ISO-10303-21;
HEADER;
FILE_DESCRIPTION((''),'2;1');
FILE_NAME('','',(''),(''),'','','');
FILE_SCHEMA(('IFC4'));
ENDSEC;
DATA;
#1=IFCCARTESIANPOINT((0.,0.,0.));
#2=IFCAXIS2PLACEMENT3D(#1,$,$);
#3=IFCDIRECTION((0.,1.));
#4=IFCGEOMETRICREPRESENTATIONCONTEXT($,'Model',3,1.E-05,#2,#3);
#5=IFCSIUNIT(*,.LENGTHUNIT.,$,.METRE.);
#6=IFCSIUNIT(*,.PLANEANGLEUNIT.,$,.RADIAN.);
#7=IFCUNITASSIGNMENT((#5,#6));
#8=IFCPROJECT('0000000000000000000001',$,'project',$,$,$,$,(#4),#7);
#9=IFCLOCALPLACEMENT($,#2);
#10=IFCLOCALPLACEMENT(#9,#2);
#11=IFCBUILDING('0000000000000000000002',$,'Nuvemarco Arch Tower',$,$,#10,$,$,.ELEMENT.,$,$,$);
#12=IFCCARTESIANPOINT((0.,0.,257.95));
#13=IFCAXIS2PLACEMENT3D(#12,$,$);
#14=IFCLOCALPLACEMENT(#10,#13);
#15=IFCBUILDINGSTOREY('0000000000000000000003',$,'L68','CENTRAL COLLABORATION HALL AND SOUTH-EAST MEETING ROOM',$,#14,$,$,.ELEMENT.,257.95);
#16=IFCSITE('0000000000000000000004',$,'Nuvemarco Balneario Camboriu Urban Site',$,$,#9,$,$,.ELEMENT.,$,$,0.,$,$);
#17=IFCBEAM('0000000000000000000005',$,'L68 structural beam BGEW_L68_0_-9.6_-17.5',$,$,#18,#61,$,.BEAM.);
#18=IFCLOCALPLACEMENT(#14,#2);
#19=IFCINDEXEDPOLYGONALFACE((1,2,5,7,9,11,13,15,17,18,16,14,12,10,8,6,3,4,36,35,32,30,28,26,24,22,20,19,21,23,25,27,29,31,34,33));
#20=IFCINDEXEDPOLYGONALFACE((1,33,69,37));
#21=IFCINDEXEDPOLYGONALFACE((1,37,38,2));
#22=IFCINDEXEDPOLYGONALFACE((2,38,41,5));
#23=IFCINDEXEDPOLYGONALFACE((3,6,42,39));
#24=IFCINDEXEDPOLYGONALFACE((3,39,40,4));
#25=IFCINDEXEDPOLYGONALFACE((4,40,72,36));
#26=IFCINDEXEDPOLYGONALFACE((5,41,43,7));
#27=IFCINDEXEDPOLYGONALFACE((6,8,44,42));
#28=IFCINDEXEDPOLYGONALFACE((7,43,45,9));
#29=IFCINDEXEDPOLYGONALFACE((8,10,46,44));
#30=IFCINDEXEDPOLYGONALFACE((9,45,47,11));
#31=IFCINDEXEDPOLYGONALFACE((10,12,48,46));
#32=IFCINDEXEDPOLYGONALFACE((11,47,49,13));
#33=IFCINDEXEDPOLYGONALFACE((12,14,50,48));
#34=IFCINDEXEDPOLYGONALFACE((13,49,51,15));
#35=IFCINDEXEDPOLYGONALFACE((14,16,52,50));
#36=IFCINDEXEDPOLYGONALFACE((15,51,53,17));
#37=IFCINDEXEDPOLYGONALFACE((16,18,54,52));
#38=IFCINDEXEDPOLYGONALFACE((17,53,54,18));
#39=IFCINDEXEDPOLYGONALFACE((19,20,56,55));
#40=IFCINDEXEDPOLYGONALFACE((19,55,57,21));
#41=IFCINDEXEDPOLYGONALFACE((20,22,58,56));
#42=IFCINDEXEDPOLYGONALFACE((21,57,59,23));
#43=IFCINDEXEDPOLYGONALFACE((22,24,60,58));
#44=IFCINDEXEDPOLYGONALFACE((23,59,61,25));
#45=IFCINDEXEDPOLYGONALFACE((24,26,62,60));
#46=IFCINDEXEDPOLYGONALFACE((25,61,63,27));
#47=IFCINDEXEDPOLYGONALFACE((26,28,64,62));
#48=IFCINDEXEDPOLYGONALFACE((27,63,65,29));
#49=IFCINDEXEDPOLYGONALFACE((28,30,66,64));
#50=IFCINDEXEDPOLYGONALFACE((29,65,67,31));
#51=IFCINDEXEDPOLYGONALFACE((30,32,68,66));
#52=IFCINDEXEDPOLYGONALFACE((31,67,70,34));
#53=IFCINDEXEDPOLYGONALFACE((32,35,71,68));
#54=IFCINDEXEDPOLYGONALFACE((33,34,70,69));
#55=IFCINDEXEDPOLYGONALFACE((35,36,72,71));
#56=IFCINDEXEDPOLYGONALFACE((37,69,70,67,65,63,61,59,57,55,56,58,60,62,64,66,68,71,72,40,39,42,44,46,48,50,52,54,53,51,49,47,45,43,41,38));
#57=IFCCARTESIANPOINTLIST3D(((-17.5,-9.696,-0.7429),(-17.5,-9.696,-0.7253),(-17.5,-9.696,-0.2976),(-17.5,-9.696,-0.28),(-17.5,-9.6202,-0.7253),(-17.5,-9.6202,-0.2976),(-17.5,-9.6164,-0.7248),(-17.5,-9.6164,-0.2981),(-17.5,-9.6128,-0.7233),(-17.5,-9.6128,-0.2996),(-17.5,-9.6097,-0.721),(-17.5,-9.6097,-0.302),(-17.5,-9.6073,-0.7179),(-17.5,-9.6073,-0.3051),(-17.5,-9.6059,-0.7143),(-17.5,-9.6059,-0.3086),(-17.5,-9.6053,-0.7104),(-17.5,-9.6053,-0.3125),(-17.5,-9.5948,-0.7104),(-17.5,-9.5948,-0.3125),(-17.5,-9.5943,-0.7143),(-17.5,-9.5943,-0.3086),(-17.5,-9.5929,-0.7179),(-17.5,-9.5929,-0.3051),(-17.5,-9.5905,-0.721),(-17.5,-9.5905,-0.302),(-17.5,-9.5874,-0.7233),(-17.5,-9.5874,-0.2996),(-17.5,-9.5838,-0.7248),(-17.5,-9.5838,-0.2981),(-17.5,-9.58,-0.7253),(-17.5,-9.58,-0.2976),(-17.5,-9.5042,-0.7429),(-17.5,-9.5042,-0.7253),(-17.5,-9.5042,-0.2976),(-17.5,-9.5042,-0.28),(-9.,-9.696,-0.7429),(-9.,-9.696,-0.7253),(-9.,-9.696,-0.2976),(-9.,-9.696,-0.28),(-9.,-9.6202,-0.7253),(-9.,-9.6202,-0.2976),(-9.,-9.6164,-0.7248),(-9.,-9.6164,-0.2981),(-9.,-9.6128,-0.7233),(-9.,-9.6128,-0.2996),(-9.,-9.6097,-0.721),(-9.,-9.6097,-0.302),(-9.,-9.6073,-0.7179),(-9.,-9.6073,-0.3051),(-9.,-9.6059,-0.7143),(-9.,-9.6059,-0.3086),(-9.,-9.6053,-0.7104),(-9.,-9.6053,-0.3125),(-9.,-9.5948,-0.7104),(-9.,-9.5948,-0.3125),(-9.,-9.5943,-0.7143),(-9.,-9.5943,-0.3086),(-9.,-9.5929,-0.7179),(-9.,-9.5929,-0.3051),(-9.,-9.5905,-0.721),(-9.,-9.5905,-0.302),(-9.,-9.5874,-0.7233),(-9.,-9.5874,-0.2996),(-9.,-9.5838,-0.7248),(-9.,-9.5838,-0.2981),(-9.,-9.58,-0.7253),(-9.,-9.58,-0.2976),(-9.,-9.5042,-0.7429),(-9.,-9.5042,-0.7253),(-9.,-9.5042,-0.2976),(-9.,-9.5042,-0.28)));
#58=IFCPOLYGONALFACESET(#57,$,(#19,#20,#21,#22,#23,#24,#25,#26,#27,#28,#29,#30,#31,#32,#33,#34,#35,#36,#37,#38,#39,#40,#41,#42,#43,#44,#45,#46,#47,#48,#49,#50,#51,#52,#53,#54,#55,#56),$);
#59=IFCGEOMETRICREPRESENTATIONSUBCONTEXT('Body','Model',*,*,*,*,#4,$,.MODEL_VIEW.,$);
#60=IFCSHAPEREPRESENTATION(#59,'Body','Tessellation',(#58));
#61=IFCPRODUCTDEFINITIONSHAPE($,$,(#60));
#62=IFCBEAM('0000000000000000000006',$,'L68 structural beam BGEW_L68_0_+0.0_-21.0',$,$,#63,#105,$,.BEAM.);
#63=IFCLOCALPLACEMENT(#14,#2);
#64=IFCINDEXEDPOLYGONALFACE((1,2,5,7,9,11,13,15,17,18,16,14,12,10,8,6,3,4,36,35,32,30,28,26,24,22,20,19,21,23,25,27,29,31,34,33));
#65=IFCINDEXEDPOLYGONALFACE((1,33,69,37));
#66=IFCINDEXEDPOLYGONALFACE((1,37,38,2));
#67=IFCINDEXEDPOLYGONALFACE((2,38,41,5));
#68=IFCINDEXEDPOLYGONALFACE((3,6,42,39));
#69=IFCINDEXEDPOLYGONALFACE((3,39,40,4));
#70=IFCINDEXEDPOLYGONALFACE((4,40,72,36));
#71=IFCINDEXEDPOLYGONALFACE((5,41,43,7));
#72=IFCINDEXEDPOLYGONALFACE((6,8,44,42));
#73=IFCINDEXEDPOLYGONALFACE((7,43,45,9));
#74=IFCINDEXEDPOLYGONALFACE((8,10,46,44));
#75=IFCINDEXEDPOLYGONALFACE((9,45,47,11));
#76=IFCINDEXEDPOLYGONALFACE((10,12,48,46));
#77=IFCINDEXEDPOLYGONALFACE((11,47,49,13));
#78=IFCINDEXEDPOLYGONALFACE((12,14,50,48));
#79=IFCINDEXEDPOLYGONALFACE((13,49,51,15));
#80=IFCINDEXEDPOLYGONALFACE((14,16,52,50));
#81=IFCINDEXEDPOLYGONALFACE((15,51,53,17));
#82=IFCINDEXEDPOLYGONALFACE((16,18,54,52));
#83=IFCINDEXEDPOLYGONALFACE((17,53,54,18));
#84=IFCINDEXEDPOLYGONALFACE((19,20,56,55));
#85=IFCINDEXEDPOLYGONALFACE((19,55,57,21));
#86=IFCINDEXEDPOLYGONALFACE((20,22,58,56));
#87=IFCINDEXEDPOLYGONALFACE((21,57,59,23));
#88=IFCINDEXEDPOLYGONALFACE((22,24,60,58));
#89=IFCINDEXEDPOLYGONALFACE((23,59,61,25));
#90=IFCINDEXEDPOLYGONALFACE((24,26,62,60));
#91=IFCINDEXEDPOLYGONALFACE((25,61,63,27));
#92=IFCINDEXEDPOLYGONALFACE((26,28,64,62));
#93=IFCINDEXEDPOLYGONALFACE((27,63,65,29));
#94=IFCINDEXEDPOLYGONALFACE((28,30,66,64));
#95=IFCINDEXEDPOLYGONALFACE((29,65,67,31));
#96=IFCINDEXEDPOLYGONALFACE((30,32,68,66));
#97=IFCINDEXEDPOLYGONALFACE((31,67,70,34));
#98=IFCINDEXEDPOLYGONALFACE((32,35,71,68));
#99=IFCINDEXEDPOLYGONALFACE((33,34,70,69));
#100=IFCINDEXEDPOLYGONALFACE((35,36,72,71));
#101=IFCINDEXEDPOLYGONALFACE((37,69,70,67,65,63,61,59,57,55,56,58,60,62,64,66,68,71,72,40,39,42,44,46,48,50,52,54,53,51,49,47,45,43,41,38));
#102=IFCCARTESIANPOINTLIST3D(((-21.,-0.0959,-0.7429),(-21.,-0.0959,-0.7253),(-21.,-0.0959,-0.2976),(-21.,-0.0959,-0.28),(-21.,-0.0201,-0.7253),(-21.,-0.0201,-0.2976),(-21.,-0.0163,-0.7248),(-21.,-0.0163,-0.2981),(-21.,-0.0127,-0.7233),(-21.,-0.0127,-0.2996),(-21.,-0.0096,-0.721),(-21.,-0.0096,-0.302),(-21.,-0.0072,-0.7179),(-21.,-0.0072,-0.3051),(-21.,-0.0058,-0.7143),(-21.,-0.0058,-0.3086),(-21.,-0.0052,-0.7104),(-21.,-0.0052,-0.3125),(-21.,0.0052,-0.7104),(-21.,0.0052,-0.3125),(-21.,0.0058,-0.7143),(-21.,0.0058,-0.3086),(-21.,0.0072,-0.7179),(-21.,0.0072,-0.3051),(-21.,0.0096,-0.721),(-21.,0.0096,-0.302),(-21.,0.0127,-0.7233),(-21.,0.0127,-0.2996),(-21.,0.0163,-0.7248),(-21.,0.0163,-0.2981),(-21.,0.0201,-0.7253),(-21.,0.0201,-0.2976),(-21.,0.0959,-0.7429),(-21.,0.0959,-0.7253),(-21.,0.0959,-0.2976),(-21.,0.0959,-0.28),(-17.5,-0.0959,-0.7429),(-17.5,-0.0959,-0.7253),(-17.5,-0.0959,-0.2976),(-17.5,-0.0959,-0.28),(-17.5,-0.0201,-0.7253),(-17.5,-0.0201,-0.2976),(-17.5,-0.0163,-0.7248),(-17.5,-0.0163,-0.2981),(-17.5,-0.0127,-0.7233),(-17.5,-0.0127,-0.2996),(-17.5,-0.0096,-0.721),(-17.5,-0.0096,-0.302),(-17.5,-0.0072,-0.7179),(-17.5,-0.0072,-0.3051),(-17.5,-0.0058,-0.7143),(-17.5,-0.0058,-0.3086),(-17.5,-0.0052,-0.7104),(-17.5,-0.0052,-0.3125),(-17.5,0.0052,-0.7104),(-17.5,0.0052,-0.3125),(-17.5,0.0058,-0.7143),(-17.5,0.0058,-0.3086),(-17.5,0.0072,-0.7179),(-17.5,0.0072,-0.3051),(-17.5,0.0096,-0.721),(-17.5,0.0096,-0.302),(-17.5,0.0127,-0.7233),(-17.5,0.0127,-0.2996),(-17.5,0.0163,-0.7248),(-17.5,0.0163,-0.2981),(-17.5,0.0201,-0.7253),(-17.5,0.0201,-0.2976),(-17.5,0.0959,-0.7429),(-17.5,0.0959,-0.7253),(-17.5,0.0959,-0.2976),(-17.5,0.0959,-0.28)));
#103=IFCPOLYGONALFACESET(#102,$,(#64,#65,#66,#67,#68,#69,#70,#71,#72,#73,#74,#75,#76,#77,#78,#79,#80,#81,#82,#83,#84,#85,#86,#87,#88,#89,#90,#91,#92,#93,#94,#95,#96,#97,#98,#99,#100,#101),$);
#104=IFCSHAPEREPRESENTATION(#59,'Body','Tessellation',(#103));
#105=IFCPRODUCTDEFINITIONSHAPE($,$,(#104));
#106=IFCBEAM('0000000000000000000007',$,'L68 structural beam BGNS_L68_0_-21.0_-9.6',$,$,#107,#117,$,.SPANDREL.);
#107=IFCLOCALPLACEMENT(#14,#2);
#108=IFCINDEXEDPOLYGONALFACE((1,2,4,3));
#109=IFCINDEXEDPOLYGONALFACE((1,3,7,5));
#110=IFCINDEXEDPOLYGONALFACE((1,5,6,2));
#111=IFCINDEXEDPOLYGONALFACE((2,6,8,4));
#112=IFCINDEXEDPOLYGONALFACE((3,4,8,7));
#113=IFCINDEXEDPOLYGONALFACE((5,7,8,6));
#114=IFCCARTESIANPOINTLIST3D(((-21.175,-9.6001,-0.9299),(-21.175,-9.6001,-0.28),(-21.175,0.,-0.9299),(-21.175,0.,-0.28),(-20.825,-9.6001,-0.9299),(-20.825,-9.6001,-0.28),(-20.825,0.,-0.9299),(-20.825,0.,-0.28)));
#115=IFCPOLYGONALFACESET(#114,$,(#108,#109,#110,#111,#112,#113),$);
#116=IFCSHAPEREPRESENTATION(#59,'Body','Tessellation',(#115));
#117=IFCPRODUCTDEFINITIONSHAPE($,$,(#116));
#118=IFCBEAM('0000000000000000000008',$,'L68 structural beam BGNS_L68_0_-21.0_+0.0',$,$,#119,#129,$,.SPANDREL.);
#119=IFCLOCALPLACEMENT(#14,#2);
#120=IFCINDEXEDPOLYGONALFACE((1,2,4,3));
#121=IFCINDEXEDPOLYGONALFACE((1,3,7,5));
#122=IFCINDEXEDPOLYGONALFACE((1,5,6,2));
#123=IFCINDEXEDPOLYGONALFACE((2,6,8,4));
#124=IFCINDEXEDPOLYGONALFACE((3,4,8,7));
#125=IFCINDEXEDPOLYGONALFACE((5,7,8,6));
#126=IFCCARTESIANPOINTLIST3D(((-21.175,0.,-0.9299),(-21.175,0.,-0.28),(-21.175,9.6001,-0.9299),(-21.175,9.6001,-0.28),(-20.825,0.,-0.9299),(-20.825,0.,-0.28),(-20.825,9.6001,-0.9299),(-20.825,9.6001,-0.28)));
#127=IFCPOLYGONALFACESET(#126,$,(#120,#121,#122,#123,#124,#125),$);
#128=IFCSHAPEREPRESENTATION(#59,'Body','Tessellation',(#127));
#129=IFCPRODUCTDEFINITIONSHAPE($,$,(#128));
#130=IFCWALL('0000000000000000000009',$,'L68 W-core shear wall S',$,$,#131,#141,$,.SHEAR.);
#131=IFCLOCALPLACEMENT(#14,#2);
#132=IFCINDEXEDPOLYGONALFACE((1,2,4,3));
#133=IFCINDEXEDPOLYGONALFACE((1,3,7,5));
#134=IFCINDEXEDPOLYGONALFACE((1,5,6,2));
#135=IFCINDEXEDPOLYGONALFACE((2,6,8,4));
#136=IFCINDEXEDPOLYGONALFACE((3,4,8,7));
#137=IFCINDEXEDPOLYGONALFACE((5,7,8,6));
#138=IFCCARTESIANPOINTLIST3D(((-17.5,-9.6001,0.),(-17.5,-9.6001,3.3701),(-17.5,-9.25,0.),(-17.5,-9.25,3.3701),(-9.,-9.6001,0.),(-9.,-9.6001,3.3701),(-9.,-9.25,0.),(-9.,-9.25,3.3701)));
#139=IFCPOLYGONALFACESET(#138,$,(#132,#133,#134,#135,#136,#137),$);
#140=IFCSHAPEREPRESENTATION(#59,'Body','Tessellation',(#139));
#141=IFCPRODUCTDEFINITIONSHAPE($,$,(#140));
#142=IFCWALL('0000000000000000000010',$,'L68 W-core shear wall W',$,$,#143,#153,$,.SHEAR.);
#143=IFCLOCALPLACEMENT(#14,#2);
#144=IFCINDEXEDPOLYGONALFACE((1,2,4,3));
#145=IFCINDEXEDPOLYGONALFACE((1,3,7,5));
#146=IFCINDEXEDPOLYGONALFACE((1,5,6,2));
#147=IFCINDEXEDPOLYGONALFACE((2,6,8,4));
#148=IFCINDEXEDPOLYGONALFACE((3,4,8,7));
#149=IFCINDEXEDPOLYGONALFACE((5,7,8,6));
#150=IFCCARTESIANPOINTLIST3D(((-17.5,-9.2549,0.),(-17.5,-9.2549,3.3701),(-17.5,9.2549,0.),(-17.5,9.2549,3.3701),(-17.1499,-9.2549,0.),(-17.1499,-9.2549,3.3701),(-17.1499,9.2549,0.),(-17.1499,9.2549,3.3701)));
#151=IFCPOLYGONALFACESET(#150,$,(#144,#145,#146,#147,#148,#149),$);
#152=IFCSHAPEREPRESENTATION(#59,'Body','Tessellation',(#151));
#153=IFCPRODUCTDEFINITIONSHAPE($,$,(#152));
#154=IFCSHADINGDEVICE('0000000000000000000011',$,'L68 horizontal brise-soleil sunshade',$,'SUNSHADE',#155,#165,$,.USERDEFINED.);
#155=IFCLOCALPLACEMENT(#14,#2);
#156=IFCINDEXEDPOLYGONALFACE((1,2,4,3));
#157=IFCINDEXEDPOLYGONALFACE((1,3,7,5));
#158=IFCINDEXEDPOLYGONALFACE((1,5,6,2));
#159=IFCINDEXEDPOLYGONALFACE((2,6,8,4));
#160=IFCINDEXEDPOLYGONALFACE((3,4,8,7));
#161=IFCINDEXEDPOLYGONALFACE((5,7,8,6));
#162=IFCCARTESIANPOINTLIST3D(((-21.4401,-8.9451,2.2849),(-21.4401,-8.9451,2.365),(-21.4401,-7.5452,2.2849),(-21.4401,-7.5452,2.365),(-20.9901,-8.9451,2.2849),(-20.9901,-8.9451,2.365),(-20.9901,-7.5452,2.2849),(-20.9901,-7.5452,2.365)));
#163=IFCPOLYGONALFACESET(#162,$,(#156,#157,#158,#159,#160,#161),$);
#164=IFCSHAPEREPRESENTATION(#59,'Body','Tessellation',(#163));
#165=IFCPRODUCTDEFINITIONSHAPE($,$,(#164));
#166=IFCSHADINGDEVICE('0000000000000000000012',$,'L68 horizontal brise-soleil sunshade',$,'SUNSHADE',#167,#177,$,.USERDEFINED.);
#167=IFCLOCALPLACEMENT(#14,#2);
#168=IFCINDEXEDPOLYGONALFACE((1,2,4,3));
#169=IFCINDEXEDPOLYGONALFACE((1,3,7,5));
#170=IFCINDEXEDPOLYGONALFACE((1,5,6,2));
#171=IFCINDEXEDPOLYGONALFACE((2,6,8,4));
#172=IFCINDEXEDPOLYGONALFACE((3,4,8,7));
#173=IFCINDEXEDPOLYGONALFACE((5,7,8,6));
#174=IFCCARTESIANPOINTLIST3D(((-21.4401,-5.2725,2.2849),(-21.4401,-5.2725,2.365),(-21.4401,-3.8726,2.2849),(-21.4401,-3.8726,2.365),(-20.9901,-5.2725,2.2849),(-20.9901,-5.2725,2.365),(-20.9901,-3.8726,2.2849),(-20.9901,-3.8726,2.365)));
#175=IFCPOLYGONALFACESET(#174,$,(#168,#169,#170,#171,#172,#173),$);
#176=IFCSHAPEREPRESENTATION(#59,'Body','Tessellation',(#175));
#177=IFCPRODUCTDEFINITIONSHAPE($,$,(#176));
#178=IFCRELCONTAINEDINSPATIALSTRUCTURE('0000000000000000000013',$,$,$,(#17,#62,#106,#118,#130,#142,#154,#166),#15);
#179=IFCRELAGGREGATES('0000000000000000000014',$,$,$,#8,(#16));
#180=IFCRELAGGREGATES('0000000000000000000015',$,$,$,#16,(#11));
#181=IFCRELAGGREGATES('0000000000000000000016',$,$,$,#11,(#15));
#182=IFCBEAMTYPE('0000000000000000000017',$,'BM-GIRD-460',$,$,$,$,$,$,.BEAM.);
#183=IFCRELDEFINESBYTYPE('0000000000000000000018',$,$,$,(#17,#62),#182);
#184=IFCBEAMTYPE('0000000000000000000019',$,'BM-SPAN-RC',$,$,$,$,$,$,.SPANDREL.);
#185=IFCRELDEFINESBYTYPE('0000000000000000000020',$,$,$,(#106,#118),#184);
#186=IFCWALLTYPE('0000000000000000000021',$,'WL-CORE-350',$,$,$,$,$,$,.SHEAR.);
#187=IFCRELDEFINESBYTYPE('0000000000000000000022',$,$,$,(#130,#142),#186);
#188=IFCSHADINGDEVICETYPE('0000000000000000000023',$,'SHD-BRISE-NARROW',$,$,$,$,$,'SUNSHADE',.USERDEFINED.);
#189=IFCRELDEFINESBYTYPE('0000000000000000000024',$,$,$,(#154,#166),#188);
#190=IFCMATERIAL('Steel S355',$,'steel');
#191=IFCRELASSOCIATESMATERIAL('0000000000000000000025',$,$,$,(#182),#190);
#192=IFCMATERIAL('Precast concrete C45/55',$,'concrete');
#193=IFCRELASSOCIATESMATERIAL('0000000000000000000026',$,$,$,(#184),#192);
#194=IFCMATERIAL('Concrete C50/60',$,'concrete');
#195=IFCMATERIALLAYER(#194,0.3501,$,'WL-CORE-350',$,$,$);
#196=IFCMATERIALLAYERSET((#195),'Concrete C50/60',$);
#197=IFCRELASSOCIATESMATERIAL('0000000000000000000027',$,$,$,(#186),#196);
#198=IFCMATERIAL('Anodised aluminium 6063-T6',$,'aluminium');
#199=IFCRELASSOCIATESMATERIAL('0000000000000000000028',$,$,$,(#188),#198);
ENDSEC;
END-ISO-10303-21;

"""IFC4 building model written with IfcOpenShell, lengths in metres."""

from ifc_helpers import new_model, si_unit, direction, frame, frame_2d, origin, origin_2d, place, context, subcontext, project, spatial, rectangle, i_section, extrude, source, transform, mapped, material, layer, layer_set, material_profile, profile_set, type_object, type_shapes, element, save


model = new_model("IFC4")

# Units and contexts
model_context = context("Model", 3, precision=1e-05, world=origin(), true_north=direction((0.0, 1.0)))
body_context = subcontext(model_context, "Body", "Model", "MODEL_VIEW")
ifc_project = project(units=[si_unit("LENGTHUNIT", "METRE"), si_unit("PLANEANGLEUNIT", "RADIAN")], contexts=[model_context])

# Site, building, storey
site_placement = place(None, origin())
site = spatial("IfcSite", under=ifc_project, at=site_placement, Name="Nuvemarco Balneario Camboriu Urban Site", CompositionType="ELEMENT", RefElevation=0.0)
building_placement = place(site_placement, origin())
building = spatial("IfcBuilding", under=site, at=building_placement, Name="Nuvemarco Arch Tower", CompositionType="ELEMENT")
storey_placement = place(building_placement, frame((0.0, 0.0, 257.95)))
storey = spatial("IfcBuildingStorey", under=building, at=storey_placement, Name="L68", Description="CENTRAL COLLABORATION HALL AND SOUTH-EAST MEETING ROOM", CompositionType="ELEMENT", Elevation=257.95)

# Shared definitions
ifc_material_1 = material(Name="Concrete C50/60", Category="concrete")
ifc_material_2 = material(Name="Steel S355", Category="steel")

# Beams
ifc_material_profile_1 = material_profile(ifc_material_2, i_section(OverallWidth=0.1919, OverallDepth=0.4629, WebThickness=0.0105, FlangeThickness=0.0176, FilletRadius=0.0149, at=origin_2d()), Name="W460x89")
ifc_profile_set_1 = profile_set([ifc_material_profile_1], Name="Steel S355")
beam_type_1 = type_object("IfcBeamType", Name="BM-GIRD-460", PredefinedType="BEAM", material=ifc_profile_set_1)
beam_1_placement = place(storey_placement, frame((-17.5, -9.6001, -0.5115), z_axis=(1.0, 0.0, 0.0), x_axis=(0.0, 1.0, 0.0)))
element("IfcBeam", 1, at=beam_1_placement, inside=storey, type_object=beam_type_1, Name="L68 structural beam BGEW_L68_0_-9.6_-17.5", PredefinedType="BEAM", context=body_context, shape_type="SweptSolid", body=[
    extrude(i_section(OverallWidth=0.1919, OverallDepth=0.4629, WebThickness=0.0105, FlangeThickness=0.0176, FilletRadius=0.0149, at=origin_2d()), origin(), (0.0, 0.0, 1.0), 8.5),
])
beam_2_placement = place(storey_placement, frame((-21.0, 0.0, -0.5115), z_axis=(1.0, 0.0, 0.0), x_axis=(0.0, 1.0, 0.0)))
element("IfcBeam", 2, at=beam_2_placement, inside=storey, type_object=beam_type_1, Name="L68 structural beam BGEW_L68_0_+0.0_-21.0", PredefinedType="BEAM", context=body_context, shape_type="SweptSolid", body=[
    extrude(i_section(OverallWidth=0.1919, OverallDepth=0.4629, WebThickness=0.0105, FlangeThickness=0.0176, FilletRadius=0.0149, at=origin_2d()), origin(), (0.0, 0.0, 1.0), 3.5),
])
ifc_material_3 = material(Name="Precast concrete C45/55", Category="concrete")
ifc_material_profile_2 = material_profile(ifc_material_3, rectangle(XDim=0.3501, YDim=0.6499, at=origin_2d()), Name="PC-SP-350x650")
ifc_profile_set_2 = profile_set([ifc_material_profile_2], Name="Precast concrete C45/55")
beam_type_2 = type_object("IfcBeamType", Name="BM-SPAN-RC", PredefinedType="SPANDREL", material=ifc_profile_set_2)
for number, where, z_axis, x_axis, name in (
    (3, (-21.0, -9.6001, -0.605), (0.0, 1.0, 0.0), (-1.0, 0.0, 0.0), "L68 structural beam BGNS_L68_0_-21.0_-9.6"),
    (4, (-21.0, 0.0, -0.605), (0.0, 1.0, 0.0), (-1.0, 0.0, 0.0), "L68 structural beam BGNS_L68_0_-21.0_+0.0"),
):
    element("IfcBeam", number, at=place(storey_placement, frame(where, z_axis=z_axis, x_axis=x_axis)), inside=storey, type_object=beam_type_2, Name=name, PredefinedType="SPANDREL", context=body_context, shape_type="SweptSolid", body=[
        extrude(rectangle(XDim=0.3501, YDim=0.6499, at=origin_2d()), origin(), (0.0, 0.0, 1.0), 9.6001),
    ])

# Walls
ifc_layer = layer(ifc_material_1, 0.3501, Name="WL-CORE-350")
ifc_layer_set = layer_set([ifc_layer], Name="Concrete C50/60")
wall_type = type_object("IfcWallType", Name="WL-CORE-350", PredefinedType="SHEAR", material=ifc_layer_set)
wall_1_placement = place(storey_placement, frame((-17.5, -9.425, 0.0), z_axis=(0.0, 0.0, 1.0), x_axis=(1.0, 0.0, 0.0)))
element("IfcWall", 5, at=wall_1_placement, inside=storey, type_object=wall_type, Name="L68 W-core shear wall S", PredefinedType="SHEAR", context=body_context, shape_type="SweptSolid", body=[
    extrude(rectangle(XDim=8.5, YDim=0.3501, at=frame_2d((4.25, 0.0))), origin(), (0.0, 0.0, 1.0), 3.3701),
])
wall_2_placement = place(storey_placement, frame((-17.325, -9.2549, 0.0), z_axis=(0.0, 0.0, 1.0), x_axis=(0.0, 1.0, 0.0)))
element("IfcWall", 6, at=wall_2_placement, inside=storey, type_object=wall_type, Name="L68 W-core shear wall W", PredefinedType="SHEAR", context=body_context, shape_type="SweptSolid", body=[
    extrude(rectangle(XDim=18.5098, YDim=0.3501, at=frame_2d((9.2549, 0.0))), origin(), (0.0, 0.0, 1.0), 3.3701),
])

# Shading devices
ifc_material_4 = material(Name="Anodised aluminium 6063-T6", Category="aluminium")
shading_device_type = type_object("IfcShadingDeviceType", Name="SHD-BRISE-NARROW", ElementType="SUNSHADE", PredefinedType="USERDEFINED", material=ifc_material_4)
shared_shape = source(origin(), body_context, "Body", "SweptSolid", [
    extrude(rectangle(XDim=1.3999, YDim=0.45, at=origin_2d()), origin(), (0.0, 0.0, 1.0), 0.0801),
])
type_shapes(shading_device_type, [shared_shape])
for number, where, z_axis, x_axis, name in (
    (7, (-21.2151, -8.2451, 2.2849), (0.0, 0.0, 1.0), (0.0, 1.0, 0.0), "L68 horizontal brise-soleil sunshade"),
    (8, (-21.2151, -4.5725, 2.2849), (0.0, 0.0, 1.0), (0.0, 1.0, 0.0), "L68 horizontal brise-soleil sunshade"),
):
    element("IfcShadingDevice", number, at=place(storey_placement, frame(where, z_axis=z_axis, x_axis=x_axis)), inside=storey, type_object=shading_device_type, Name=name, ObjectType="SUNSHADE", PredefinedType="USERDEFINED", context=body_context, shape_type="MappedRepresentation", body=[
        mapped(shared_shape, transform((0.0, 0.0, 0.0), scale=1.0)),
    ])

save(model, "model.ifc")
